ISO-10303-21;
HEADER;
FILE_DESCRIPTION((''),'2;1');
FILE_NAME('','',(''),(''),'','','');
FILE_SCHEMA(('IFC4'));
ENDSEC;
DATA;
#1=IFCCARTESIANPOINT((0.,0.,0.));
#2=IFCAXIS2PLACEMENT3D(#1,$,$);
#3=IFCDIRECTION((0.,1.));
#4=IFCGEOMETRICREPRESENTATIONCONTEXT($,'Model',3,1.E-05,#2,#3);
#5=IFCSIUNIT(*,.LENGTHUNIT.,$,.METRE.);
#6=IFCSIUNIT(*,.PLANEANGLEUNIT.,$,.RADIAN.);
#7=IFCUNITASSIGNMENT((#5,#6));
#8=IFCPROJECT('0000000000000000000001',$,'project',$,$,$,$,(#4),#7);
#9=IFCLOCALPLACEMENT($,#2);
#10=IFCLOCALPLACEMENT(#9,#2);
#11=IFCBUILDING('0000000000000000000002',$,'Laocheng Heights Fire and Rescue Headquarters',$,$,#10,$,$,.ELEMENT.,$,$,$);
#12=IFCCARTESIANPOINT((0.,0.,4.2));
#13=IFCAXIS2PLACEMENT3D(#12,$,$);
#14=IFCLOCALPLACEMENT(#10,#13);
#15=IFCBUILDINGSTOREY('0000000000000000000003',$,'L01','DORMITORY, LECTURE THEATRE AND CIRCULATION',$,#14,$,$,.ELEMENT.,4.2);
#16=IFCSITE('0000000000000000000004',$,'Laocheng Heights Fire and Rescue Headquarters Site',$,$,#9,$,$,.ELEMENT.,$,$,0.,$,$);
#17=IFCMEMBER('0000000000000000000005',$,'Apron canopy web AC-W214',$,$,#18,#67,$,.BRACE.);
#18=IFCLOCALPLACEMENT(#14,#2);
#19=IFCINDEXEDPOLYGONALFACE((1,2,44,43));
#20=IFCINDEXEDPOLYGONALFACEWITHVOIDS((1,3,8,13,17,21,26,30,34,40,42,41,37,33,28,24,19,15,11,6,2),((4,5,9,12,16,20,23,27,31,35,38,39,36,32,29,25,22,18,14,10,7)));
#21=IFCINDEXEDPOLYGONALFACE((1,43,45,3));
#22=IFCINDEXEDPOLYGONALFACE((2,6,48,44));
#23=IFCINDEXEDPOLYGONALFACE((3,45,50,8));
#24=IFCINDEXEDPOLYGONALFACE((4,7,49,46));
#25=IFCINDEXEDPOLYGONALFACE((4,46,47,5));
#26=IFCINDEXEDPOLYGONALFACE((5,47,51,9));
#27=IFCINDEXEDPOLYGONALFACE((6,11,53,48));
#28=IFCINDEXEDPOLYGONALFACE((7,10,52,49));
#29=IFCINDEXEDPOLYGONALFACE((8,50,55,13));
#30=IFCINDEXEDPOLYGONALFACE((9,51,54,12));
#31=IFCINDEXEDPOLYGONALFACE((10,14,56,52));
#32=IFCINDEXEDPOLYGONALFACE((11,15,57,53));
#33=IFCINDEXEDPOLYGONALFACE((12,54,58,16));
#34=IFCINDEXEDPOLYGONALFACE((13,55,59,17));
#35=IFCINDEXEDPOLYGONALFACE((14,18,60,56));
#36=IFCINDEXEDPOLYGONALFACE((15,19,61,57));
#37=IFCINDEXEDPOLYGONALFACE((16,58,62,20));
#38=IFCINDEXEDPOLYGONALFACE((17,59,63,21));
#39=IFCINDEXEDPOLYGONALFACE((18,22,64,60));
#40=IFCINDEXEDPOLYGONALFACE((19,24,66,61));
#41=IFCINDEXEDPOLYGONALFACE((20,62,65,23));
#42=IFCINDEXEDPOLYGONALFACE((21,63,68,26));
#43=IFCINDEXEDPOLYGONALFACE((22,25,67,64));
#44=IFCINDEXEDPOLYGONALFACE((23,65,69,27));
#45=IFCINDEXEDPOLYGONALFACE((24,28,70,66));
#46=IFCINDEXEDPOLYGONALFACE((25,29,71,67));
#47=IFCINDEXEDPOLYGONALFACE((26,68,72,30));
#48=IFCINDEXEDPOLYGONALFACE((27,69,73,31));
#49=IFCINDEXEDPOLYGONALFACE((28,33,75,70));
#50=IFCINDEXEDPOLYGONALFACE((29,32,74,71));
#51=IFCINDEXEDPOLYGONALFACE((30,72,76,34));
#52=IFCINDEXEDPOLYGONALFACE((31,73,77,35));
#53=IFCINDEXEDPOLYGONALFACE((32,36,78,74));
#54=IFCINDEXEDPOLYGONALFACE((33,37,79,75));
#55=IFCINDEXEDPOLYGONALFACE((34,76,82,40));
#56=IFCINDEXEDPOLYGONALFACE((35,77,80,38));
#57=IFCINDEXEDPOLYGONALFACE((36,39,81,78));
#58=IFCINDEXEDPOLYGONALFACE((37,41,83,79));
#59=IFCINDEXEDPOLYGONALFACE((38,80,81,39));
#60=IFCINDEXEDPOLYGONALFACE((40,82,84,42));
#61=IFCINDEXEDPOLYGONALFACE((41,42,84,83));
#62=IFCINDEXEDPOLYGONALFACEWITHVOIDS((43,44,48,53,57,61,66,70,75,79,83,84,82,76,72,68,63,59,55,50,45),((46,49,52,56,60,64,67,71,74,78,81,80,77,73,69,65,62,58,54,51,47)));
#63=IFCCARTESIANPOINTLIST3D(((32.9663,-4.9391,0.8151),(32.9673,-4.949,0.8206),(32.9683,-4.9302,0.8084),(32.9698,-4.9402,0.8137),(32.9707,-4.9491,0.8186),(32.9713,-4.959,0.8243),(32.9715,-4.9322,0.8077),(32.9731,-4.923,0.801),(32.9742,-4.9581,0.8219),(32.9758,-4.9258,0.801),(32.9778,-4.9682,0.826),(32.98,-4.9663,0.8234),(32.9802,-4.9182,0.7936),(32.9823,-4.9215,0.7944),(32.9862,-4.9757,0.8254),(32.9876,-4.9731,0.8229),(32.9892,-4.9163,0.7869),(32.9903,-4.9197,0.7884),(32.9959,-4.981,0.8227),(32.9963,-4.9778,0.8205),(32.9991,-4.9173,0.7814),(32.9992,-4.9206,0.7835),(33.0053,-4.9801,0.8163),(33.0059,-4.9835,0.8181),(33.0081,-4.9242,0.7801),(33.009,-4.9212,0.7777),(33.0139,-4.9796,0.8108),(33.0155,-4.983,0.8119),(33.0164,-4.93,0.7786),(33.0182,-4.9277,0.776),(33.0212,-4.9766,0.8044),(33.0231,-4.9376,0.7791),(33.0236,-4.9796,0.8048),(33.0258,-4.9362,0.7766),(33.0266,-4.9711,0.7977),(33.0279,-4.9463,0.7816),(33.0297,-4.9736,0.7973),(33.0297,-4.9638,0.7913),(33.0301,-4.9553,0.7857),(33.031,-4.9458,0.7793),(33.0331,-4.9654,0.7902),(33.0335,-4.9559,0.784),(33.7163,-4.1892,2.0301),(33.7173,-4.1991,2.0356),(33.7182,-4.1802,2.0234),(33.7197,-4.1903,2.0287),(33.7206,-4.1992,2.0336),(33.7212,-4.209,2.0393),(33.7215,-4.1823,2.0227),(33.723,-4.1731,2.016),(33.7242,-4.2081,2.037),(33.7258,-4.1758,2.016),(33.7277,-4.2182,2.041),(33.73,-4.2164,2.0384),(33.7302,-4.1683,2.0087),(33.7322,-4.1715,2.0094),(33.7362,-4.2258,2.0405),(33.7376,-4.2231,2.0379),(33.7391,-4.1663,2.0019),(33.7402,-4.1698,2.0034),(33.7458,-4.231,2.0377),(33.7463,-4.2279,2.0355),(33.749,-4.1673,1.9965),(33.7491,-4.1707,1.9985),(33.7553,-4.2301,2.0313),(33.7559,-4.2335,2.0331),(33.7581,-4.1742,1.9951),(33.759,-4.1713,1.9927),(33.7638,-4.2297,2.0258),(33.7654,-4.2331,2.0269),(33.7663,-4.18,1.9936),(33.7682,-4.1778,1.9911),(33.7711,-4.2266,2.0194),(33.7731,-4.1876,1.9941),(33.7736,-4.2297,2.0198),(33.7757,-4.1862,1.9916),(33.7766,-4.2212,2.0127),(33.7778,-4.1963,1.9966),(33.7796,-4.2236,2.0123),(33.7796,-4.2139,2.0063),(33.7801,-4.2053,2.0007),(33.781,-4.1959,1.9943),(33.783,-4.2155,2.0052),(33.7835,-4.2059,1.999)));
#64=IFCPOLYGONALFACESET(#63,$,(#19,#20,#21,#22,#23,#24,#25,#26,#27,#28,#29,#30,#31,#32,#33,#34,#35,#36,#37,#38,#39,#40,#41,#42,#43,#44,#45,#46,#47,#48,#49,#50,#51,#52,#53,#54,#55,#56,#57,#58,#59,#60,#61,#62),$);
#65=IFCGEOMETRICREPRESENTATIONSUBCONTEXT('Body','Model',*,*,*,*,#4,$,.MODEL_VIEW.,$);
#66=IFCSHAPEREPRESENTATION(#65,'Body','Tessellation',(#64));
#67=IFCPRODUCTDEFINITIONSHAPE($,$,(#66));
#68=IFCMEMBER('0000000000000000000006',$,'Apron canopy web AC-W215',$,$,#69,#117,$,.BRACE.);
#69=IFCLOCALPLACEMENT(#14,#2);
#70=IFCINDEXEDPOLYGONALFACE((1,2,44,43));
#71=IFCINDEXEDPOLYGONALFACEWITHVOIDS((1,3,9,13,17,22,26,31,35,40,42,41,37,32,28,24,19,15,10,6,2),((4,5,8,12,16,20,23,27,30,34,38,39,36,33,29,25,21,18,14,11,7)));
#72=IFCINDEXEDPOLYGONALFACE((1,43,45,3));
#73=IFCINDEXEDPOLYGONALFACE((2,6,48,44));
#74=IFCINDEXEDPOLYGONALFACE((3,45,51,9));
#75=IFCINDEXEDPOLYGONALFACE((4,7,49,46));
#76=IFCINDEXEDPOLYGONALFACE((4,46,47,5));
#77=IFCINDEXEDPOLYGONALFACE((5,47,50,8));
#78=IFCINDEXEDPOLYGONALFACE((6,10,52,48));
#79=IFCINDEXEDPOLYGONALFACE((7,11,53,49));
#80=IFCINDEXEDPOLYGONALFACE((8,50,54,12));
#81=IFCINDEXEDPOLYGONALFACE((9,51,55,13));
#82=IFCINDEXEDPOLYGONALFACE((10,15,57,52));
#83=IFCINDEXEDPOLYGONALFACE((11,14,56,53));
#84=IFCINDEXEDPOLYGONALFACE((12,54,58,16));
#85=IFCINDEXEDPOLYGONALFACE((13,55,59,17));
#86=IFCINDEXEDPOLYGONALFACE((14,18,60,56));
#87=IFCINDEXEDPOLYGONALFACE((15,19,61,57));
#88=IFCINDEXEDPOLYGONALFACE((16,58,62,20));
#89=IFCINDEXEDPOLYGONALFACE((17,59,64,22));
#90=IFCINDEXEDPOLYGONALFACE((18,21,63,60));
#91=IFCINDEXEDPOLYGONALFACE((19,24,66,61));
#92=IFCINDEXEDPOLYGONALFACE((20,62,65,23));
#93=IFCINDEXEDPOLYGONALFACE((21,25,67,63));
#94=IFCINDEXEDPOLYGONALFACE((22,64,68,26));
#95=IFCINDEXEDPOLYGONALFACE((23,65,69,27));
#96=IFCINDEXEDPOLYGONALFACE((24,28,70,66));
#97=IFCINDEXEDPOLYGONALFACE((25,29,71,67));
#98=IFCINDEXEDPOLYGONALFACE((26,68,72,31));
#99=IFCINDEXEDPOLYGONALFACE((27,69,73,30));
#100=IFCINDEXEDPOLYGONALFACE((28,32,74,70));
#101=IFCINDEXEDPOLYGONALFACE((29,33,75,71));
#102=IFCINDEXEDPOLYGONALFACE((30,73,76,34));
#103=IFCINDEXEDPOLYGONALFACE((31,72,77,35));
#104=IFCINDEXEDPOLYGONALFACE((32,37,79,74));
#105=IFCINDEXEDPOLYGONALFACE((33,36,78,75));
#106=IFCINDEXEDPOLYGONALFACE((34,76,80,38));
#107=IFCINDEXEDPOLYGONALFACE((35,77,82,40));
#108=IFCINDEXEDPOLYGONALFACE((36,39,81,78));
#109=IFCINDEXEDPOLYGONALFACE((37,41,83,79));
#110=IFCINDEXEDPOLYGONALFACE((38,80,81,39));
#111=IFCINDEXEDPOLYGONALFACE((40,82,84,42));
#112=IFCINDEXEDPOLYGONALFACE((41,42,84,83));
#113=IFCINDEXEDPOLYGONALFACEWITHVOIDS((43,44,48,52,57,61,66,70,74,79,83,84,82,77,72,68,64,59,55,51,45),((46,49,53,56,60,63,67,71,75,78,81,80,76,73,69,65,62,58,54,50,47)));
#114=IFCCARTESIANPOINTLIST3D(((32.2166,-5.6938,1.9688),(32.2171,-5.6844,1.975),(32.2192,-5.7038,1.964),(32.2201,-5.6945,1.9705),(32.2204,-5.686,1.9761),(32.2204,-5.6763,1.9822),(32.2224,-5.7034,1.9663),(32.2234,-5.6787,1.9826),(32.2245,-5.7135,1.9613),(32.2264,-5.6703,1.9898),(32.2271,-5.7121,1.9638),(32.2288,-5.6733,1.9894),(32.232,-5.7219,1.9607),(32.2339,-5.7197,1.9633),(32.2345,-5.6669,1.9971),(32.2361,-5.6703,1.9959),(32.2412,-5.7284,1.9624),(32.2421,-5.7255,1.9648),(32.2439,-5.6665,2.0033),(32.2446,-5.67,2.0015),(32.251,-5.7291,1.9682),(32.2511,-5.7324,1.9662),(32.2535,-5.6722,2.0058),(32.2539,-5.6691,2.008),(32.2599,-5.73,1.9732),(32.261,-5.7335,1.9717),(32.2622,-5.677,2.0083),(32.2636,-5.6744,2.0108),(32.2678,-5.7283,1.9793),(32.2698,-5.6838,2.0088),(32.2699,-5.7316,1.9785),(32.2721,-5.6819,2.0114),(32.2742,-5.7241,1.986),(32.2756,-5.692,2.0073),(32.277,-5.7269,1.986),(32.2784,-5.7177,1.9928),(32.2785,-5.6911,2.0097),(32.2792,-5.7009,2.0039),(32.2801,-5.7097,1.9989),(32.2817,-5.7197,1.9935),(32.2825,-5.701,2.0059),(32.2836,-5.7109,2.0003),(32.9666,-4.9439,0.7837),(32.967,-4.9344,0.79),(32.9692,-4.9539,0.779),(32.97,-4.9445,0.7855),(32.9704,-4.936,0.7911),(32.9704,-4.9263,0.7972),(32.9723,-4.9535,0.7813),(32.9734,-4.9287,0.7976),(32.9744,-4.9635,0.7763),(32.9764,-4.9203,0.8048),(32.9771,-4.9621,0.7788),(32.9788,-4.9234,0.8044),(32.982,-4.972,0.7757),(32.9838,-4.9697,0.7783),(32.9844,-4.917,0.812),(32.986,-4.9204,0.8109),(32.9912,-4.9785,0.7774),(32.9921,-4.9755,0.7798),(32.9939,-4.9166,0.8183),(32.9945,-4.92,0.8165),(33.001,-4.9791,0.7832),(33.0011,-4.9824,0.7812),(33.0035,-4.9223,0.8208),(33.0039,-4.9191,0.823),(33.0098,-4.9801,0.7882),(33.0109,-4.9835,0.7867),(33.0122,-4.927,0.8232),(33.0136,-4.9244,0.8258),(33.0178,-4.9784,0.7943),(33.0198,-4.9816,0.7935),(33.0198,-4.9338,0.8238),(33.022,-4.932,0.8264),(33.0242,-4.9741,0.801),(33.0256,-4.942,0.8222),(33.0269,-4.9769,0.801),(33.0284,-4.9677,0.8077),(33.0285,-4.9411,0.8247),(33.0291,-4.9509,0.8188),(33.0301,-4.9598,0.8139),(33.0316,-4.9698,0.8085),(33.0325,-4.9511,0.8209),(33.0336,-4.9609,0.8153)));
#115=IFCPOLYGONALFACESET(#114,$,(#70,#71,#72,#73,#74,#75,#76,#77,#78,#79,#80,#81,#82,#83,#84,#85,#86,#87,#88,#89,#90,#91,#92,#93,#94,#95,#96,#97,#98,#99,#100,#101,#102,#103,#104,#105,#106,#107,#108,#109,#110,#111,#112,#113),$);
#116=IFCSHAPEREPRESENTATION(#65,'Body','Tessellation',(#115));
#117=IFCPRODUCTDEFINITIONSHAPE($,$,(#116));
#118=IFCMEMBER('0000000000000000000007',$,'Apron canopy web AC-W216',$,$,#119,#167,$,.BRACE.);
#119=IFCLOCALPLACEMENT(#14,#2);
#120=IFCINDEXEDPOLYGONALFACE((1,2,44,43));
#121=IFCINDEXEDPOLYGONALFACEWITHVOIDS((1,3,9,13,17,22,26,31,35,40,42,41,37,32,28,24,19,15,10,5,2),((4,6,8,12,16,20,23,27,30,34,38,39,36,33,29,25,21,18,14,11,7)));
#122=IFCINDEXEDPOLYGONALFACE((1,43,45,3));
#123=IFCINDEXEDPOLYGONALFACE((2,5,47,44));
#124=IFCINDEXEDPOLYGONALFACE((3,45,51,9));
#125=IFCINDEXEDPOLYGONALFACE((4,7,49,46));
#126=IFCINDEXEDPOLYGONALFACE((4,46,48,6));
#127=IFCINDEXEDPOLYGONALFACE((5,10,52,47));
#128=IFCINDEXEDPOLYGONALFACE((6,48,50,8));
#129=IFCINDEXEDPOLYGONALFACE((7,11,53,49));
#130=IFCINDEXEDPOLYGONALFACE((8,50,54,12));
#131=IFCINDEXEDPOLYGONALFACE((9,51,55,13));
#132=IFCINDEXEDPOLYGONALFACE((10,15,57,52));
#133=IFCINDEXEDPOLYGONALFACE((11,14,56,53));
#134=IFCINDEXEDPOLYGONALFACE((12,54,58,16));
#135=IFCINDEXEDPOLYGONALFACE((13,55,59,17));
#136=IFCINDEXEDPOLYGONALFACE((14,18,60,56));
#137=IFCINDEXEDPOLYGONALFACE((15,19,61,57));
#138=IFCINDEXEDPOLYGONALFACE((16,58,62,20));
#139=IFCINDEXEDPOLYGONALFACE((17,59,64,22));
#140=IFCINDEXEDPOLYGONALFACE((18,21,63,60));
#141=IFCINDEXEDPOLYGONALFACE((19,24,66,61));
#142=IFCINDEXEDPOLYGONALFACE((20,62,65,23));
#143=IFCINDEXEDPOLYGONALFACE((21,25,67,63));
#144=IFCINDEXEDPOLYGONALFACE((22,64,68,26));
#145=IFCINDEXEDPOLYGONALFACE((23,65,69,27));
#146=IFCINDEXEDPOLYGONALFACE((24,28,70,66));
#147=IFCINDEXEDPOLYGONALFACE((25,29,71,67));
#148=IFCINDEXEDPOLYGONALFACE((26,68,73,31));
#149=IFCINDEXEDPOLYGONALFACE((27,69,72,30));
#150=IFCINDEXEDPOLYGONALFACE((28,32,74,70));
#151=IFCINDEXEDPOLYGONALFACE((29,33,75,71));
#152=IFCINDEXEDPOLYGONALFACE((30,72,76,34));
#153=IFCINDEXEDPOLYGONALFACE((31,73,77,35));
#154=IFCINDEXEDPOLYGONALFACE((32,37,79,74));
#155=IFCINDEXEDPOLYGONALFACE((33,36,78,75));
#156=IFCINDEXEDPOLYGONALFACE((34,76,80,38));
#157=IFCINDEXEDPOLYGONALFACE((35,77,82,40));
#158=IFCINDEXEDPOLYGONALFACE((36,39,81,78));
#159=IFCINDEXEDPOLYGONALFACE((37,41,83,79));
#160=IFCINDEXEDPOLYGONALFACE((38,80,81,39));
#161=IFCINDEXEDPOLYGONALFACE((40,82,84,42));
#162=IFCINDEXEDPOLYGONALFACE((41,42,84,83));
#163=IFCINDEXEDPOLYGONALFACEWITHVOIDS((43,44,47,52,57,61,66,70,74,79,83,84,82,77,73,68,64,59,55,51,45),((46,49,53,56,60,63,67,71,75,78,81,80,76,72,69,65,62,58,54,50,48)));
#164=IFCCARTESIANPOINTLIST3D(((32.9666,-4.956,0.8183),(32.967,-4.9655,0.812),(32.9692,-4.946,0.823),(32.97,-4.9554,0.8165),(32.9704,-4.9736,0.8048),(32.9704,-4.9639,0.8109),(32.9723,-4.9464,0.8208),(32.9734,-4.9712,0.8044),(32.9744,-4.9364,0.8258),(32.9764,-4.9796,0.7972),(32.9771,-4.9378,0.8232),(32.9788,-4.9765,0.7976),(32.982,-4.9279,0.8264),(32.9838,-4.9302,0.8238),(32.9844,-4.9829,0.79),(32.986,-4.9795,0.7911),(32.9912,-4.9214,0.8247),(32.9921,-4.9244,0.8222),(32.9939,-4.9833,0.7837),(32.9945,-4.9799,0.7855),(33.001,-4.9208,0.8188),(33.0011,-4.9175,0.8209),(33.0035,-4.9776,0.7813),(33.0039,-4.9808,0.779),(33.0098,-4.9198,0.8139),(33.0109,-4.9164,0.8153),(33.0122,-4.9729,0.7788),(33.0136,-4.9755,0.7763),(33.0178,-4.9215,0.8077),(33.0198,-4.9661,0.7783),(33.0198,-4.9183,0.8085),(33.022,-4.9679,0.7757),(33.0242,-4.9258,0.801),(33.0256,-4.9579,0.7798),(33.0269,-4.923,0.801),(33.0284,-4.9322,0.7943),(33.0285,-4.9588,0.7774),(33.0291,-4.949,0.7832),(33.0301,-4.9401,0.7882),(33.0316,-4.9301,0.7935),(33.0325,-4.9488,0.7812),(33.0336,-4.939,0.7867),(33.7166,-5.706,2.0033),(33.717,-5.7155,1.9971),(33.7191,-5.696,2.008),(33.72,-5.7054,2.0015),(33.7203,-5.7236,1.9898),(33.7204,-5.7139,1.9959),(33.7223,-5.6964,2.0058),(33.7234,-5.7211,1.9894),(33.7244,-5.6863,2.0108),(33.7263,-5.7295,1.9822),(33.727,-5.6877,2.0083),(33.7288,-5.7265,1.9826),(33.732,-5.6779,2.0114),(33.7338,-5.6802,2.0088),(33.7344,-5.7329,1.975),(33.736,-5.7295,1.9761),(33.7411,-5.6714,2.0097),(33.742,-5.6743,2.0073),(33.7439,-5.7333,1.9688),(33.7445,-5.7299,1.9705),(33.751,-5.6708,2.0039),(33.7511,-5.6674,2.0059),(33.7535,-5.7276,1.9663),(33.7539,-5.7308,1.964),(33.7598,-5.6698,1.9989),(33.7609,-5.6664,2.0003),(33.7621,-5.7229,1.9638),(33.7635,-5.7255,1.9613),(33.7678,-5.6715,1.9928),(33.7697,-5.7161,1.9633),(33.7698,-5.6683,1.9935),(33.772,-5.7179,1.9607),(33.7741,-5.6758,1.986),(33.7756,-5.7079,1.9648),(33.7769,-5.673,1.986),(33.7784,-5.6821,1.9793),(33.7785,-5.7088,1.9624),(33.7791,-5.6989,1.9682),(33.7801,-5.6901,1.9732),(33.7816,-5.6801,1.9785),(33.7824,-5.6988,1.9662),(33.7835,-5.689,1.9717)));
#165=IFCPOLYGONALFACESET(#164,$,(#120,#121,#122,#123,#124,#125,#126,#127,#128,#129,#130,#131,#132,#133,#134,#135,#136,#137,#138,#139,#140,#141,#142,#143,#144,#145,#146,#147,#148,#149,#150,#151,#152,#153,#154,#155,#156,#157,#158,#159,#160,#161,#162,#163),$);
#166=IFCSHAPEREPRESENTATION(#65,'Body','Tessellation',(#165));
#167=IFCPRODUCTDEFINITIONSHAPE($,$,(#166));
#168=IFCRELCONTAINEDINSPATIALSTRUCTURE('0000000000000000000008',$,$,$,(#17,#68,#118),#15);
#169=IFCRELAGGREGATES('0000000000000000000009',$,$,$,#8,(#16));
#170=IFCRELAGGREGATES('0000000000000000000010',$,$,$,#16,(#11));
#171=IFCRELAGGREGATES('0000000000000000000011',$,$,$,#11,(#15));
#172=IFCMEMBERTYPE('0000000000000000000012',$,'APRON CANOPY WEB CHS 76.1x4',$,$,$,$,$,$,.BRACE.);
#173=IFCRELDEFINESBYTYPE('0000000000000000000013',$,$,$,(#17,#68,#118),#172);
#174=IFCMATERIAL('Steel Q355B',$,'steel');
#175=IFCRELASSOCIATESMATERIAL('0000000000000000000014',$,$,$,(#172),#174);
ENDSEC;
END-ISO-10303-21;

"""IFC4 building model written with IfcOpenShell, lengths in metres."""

from ifc_helpers import new_model, si_unit, direction, frame, origin, origin_2d, place, context, subcontext, project, spatial, hollow_circle, extrude, material, material_profile, profile_set, type_object, element, save


model = new_model("IFC4")

# Units and contexts
model_context = context("Model", 3, precision=1e-05, world=origin(), true_north=direction((0.0, 1.0)))
body_context = subcontext(model_context, "Body", "Model", "MODEL_VIEW")
ifc_project = project(units=[si_unit("LENGTHUNIT", "METRE"), si_unit("PLANEANGLEUNIT", "RADIAN")], contexts=[model_context])

# Site, building, storey
site_placement = place(None, origin())
site = spatial("IfcSite", under=ifc_project, at=site_placement, Name="Laocheng Heights Fire and Rescue Headquarters Site", CompositionType="ELEMENT", RefElevation=0.0)
building_placement = place(site_placement, origin())
building = spatial("IfcBuilding", under=site, at=building_placement, Name="Laocheng Heights Fire and Rescue Headquarters", CompositionType="ELEMENT")
storey_placement = place(building_placement, frame((0.0, 0.0, 4.2)))
storey = spatial("IfcBuildingStorey", under=building, at=storey_placement, Name="L01", Description="DORMITORY, LECTURE THEATRE AND CIRCULATION", CompositionType="ELEMENT", Elevation=4.2)

# Members
ifc_material_1 = material(Name="Steel Q355B", Category="steel")
ifc_material_profile_1 = material_profile(ifc_material_1, hollow_circle(Radius=0.0381, WallThickness=0.0039, at=origin_2d()), Name="CHS 76.1x4")
ifc_profile_set_1 = profile_set([ifc_material_profile_1], Name="Steel Q355B")
member_type_1 = type_object("IfcMemberType", Name="APRON CANOPY WEB CHS 76.1x4", PredefinedType="BRACE", material=ifc_profile_set_1)
for number, where, z_axis, x_axis, name in (
    (1, (33.0, -4.95, 0.801), (0.465002, 0.465002, 0.753357), (-0.707107, 0.707107, 0.0), "Apron canopy web AC-W214"),
):
    element("IfcMember", number, at=place(storey_placement, frame(where, z_axis=z_axis, x_axis=x_axis)), inside=storey, type_object=member_type_1, Name=name, PredefinedType="BRACE", context=body_context, shape_type="SweptSolid", body=[
        extrude(hollow_circle(Radius=0.0381, WallThickness=0.0039, at=origin_2d()), origin(), (0.0, 0.0, 1.0), 1.6128),
    ])
for number, where, z_axis, x_axis, name in (
    (2, (33.0, -4.95, 0.801), (-0.47158, -0.47158, 0.745134), (0.707107, -0.707107, 0.0), "Apron canopy web AC-W215"),
    (3, (33.0, -4.95, 0.801), (0.47158, -0.47158, 0.745134), (0.707107, 0.707107, 0.0), "Apron canopy web AC-W216"),
):
    element("IfcMember", number, at=place(storey_placement, frame(where, z_axis=z_axis, x_axis=x_axis)), inside=storey, type_object=member_type_1, Name=name, PredefinedType="BRACE", context=body_context, shape_type="SweptSolid", body=[
        extrude(hollow_circle(Radius=0.0381, WallThickness=0.0039, at=origin_2d()), origin(), (0.0, 0.0, 1.0), 1.5903),
    ])

save(model, "model.ifc")
